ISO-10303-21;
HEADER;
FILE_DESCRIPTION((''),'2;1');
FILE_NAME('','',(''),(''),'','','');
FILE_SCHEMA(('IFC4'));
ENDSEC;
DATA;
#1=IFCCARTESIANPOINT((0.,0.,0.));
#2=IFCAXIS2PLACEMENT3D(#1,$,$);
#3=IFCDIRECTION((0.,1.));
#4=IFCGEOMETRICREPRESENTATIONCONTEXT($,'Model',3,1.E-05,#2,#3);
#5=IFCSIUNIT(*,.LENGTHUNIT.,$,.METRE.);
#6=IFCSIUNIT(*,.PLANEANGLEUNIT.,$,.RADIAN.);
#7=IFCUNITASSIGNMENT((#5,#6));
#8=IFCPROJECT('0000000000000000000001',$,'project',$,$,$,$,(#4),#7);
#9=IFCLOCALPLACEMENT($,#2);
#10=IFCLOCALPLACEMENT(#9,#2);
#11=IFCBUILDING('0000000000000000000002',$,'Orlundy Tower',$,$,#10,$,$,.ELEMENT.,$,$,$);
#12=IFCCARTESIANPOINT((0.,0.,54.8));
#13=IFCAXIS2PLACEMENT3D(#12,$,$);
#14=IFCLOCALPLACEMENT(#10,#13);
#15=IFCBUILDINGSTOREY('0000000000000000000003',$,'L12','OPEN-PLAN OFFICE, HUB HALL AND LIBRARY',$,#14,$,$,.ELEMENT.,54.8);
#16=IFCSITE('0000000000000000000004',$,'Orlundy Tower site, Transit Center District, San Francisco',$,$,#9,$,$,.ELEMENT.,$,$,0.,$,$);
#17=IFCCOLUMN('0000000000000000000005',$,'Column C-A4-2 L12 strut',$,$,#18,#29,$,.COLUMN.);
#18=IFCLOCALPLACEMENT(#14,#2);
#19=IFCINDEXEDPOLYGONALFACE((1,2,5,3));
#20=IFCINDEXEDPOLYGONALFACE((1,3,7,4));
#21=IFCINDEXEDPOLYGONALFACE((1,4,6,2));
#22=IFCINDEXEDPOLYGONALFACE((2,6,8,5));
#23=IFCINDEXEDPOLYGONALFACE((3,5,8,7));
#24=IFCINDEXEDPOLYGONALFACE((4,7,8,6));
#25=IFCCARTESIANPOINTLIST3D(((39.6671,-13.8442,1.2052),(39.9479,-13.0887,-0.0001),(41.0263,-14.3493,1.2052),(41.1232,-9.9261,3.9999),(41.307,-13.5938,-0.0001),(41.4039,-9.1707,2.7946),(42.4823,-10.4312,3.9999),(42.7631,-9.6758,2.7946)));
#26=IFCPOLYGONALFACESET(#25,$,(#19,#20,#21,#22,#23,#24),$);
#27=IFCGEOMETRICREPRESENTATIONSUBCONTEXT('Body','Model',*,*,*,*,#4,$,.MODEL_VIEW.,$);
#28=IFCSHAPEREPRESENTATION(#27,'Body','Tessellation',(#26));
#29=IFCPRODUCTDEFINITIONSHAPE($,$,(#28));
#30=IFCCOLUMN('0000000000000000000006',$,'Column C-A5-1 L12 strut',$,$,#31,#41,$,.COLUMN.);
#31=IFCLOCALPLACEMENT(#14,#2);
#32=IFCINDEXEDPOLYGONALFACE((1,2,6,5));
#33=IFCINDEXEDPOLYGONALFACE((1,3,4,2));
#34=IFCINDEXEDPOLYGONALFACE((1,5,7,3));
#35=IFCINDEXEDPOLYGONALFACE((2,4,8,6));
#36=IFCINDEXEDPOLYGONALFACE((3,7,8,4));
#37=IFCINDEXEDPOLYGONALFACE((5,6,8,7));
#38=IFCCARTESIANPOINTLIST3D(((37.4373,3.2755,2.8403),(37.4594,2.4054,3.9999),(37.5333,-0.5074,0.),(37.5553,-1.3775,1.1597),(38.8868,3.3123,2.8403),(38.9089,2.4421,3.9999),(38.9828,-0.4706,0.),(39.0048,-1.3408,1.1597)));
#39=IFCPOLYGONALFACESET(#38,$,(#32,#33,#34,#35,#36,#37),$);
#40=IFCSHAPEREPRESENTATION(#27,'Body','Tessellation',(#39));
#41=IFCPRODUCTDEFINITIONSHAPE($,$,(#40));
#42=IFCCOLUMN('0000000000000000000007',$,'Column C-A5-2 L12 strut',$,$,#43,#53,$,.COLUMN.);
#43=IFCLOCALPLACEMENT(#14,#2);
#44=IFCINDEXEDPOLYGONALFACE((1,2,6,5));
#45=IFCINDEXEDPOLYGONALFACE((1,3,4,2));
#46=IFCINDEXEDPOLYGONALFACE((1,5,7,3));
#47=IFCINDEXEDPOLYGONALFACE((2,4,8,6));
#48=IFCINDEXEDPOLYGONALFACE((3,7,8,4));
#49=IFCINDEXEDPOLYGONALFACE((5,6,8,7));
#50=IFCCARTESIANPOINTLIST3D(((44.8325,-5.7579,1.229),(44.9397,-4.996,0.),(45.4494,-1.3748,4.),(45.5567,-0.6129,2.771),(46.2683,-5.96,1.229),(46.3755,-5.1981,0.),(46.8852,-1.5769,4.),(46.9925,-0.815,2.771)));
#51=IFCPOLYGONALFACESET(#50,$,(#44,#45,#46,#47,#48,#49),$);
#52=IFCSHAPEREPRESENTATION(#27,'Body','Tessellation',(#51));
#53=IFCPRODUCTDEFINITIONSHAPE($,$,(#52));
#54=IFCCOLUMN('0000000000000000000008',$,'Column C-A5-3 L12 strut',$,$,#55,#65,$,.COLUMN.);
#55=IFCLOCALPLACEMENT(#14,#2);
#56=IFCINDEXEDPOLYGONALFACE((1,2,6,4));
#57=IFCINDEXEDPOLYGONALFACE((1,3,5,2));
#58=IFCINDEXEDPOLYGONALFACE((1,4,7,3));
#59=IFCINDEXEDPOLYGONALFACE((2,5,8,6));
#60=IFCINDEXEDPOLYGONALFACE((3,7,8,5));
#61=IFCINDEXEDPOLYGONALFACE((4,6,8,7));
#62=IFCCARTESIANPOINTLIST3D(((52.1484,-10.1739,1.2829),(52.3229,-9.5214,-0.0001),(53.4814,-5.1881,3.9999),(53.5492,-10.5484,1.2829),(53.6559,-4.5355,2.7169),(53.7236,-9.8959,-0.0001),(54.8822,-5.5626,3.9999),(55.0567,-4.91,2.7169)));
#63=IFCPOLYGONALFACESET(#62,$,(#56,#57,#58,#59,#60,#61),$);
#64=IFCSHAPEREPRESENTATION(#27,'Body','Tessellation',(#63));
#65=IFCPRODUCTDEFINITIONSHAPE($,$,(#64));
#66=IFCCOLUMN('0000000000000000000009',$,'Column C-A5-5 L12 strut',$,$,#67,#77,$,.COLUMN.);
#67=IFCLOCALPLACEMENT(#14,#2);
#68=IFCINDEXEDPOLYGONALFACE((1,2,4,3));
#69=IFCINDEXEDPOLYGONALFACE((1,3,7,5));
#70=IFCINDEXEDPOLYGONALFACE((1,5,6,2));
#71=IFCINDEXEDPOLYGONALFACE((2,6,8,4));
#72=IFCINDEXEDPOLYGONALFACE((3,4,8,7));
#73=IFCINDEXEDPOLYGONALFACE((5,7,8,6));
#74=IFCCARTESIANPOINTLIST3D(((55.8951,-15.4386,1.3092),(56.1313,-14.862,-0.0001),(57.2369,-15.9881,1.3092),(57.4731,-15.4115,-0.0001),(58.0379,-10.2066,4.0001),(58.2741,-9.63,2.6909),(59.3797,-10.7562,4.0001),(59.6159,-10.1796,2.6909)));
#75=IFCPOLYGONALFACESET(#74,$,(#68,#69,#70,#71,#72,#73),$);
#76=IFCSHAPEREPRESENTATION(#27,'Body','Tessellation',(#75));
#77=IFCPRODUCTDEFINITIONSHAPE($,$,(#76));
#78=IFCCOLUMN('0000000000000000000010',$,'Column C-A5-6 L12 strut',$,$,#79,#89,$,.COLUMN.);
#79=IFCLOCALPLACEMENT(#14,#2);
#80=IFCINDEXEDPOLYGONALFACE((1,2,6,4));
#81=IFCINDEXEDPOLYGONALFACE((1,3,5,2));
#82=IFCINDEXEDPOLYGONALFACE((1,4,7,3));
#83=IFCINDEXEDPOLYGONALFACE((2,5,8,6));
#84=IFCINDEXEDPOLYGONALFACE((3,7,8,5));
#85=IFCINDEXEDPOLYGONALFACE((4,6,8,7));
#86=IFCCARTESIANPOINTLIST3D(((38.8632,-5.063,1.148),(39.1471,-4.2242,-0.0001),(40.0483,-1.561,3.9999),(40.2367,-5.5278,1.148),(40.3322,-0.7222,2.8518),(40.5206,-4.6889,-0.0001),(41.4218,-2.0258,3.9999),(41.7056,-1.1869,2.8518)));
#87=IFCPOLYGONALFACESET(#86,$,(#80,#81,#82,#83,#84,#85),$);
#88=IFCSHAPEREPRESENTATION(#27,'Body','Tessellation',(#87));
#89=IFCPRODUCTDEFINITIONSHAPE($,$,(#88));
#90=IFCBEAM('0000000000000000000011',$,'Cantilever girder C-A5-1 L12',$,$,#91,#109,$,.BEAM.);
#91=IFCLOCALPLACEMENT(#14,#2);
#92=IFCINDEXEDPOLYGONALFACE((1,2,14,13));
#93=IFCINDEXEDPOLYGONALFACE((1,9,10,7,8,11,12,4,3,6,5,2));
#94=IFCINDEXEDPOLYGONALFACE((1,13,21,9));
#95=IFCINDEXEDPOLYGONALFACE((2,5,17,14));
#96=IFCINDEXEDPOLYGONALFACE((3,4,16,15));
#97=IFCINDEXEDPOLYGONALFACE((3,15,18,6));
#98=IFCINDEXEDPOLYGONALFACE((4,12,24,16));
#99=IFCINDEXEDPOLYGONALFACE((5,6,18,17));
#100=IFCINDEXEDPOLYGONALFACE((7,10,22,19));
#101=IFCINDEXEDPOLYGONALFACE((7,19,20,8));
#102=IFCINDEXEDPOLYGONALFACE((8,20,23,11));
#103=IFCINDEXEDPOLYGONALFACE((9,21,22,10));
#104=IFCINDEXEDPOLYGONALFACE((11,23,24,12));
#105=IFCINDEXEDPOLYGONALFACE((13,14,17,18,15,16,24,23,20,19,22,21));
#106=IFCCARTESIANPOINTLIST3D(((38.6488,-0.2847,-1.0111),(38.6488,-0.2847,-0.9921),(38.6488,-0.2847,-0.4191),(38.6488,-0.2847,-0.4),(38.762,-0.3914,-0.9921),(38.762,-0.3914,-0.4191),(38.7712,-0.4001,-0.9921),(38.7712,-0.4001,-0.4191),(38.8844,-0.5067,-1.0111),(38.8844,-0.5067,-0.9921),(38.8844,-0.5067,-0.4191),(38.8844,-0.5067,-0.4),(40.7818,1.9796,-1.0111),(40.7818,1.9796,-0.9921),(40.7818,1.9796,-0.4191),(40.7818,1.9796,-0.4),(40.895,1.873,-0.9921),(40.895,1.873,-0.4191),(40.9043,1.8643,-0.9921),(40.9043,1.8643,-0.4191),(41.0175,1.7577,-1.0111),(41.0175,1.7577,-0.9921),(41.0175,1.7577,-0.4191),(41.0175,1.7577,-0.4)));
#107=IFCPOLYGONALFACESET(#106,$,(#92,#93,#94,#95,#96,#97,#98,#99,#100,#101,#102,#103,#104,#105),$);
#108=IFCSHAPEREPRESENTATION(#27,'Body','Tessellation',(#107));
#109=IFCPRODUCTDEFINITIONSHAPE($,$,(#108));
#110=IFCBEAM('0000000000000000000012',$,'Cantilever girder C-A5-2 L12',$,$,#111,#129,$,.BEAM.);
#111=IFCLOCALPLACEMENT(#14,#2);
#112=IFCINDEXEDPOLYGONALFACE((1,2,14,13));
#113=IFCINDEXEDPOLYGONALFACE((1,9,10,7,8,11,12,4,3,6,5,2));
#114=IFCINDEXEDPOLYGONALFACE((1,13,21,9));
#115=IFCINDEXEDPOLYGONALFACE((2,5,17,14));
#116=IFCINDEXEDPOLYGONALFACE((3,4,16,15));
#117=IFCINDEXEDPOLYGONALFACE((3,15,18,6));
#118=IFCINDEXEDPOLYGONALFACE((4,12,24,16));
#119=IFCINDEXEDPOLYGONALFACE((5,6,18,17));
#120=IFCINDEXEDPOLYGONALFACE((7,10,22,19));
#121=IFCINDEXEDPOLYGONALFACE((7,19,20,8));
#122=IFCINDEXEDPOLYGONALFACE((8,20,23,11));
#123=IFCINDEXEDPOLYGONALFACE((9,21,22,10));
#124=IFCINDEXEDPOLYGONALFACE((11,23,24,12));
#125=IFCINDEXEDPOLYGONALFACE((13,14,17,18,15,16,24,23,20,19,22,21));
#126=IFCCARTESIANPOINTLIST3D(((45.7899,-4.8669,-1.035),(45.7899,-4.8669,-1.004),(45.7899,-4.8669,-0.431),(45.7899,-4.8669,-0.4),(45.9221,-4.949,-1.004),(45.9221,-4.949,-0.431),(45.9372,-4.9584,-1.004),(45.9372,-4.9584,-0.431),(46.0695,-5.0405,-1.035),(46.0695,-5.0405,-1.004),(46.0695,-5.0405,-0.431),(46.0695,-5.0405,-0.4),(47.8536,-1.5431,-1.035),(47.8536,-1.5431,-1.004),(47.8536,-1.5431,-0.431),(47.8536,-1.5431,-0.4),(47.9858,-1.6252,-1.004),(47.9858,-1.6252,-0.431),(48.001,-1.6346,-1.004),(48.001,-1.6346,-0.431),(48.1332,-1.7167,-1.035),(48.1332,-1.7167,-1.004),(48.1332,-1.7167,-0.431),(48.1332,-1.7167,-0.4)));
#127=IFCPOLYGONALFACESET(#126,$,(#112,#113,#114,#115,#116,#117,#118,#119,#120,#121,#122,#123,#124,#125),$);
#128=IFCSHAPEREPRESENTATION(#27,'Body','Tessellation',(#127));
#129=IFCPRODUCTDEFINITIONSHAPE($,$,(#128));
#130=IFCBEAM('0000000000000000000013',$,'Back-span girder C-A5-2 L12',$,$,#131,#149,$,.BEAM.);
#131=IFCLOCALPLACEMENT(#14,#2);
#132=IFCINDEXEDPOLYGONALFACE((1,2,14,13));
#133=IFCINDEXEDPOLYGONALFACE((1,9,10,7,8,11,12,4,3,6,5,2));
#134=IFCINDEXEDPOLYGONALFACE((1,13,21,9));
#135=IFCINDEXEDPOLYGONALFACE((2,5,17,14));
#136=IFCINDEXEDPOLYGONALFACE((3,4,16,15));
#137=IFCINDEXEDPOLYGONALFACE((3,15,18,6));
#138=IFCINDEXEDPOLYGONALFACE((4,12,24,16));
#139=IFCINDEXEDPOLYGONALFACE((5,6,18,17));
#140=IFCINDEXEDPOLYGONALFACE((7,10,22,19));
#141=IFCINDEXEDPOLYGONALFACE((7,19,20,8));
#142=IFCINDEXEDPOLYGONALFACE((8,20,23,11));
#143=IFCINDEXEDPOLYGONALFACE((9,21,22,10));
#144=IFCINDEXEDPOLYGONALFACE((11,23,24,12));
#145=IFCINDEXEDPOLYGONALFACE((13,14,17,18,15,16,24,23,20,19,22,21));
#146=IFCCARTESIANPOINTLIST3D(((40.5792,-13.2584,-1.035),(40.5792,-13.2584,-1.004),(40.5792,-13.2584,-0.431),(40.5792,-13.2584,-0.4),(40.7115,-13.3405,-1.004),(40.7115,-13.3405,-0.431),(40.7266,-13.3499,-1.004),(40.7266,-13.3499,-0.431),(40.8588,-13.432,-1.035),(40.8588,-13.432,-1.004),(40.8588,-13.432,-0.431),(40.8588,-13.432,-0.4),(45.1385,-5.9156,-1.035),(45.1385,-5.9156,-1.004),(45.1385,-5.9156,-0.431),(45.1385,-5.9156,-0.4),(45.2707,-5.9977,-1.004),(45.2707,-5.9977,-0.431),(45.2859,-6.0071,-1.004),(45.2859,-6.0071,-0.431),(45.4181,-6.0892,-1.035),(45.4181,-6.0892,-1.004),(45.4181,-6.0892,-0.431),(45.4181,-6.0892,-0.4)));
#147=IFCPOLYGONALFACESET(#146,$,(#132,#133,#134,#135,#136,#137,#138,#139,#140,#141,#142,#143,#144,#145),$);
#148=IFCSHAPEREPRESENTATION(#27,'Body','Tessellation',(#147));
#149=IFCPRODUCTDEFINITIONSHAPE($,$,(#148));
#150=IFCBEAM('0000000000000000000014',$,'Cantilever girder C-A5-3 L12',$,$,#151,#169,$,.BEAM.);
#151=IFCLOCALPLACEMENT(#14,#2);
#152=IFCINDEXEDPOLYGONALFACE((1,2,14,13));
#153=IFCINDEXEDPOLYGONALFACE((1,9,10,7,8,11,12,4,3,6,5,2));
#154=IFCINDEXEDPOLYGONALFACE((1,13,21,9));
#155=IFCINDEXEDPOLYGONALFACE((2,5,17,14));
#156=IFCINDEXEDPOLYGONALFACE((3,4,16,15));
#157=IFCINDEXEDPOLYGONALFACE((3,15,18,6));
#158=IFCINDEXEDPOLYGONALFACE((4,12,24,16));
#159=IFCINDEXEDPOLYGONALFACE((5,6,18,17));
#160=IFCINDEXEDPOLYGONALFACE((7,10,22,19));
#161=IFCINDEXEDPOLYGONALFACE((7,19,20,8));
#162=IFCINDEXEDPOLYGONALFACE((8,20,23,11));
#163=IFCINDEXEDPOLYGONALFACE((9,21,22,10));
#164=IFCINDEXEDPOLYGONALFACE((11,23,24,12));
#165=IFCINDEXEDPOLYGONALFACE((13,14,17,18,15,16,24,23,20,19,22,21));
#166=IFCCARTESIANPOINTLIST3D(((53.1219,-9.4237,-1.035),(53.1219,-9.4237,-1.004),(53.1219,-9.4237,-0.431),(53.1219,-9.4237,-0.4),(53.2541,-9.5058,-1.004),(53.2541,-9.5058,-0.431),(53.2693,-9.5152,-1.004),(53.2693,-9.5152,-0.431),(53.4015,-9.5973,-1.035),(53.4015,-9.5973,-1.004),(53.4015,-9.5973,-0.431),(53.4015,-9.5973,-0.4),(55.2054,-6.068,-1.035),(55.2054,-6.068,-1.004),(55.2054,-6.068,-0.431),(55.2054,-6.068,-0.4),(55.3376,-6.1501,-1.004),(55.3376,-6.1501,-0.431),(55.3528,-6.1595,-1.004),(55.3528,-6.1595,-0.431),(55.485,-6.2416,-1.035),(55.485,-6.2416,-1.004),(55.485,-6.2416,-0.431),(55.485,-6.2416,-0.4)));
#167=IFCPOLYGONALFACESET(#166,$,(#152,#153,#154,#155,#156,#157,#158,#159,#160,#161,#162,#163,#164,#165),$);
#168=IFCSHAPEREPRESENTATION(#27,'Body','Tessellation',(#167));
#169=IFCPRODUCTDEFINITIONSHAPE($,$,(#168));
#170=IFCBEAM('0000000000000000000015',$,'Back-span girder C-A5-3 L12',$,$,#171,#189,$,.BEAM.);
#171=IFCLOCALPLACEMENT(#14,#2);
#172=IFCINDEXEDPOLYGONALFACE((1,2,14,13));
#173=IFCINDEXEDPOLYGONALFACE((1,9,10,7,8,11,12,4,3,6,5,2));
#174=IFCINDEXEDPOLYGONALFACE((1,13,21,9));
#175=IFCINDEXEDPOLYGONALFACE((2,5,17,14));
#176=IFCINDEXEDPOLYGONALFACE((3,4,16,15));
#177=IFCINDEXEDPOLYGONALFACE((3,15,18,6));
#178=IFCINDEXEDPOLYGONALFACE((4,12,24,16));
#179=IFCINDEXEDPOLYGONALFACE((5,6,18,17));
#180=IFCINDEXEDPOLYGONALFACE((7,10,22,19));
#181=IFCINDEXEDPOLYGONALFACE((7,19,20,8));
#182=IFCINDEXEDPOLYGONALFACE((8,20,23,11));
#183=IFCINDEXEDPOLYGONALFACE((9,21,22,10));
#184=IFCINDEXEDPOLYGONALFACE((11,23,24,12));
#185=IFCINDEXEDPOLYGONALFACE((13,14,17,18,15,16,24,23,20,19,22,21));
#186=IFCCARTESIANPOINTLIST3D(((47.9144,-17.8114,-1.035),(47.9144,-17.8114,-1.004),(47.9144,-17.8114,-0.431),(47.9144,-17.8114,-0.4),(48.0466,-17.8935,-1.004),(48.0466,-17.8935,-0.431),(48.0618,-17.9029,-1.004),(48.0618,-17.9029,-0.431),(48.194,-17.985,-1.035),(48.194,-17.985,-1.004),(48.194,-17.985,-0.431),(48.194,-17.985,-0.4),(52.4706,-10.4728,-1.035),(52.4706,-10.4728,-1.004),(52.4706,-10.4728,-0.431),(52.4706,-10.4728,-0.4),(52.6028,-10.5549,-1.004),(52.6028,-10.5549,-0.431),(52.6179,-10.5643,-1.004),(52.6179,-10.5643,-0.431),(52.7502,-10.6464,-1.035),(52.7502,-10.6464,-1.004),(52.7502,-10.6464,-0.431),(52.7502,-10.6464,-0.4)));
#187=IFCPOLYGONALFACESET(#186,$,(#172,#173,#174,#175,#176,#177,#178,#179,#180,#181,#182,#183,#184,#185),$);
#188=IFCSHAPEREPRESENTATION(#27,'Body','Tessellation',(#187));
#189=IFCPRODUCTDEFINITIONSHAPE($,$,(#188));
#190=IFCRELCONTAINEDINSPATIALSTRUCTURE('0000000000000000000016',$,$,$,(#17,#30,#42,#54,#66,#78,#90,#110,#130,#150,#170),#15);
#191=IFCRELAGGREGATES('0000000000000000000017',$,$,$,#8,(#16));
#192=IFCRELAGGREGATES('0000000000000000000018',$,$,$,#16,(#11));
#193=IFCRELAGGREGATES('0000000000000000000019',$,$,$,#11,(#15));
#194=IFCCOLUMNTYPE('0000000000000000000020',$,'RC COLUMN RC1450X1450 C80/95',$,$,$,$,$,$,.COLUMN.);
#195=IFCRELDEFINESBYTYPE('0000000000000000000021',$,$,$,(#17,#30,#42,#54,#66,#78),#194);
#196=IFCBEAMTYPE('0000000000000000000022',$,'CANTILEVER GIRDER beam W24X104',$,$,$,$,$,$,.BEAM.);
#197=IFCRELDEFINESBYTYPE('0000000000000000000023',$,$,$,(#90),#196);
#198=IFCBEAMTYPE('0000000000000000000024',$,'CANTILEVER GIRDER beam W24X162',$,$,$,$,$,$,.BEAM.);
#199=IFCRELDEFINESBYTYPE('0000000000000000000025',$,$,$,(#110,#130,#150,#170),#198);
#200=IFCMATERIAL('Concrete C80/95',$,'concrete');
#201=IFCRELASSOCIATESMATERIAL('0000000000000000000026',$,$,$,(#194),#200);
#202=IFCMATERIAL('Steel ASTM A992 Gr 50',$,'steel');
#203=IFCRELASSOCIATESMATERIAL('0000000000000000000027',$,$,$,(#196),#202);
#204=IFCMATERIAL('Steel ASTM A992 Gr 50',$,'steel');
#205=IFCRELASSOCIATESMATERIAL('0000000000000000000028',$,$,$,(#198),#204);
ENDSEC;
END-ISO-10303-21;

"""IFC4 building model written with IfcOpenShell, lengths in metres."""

from ifc_helpers import new_model, si_unit, direction, frame, origin, origin_2d, place, context, subcontext, project, spatial, rectangle, i_section, extrude, material, material_profile, profile_set, type_object, element, save


model = new_model("IFC4")

# Units and contexts
model_context = context("Model", 3, precision=1e-05, world=origin(), true_north=direction((0.0, 1.0)))
body_context = subcontext(model_context, "Body", "Model", "MODEL_VIEW")
ifc_project = project(units=[si_unit("LENGTHUNIT", "METRE"), si_unit("PLANEANGLEUNIT", "RADIAN")], contexts=[model_context])

# Site, building, storey
site_placement = place(None, origin())
site = spatial("IfcSite", under=ifc_project, at=site_placement, Name="Orlundy Tower site, Transit Center District, San Francisco", CompositionType="ELEMENT", RefElevation=0.0)
building_placement = place(site_placement, origin())
building = spatial("IfcBuilding", under=site, at=building_placement, Name="Orlundy Tower", CompositionType="ELEMENT")
storey_placement = place(building_placement, frame((0.0, 0.0, 54.8)))
storey = spatial("IfcBuildingStorey", under=building, at=storey_placement, Name="L12", Description="OPEN-PLAN OFFICE, HUB HALL AND LIBRARY", CompositionType="ELEMENT", Elevation=54.8)

# Columns
ifc_material_1 = material(Name="Concrete C80/95", Category="concrete")
ifc_material_profile_1 = material_profile(ifc_material_1, rectangle(XDim=1.45, YDim=1.45, at=origin_2d()), Name="RC1450X1450")
ifc_profile_set_1 = profile_set([ifc_material_profile_1], Name="Concrete C80/95")
column_type = type_object("IfcColumnType", Name="RC COLUMN RC1450X1450 C80/95", PredefinedType="COLUMN", material=ifc_profile_set_1)
column_1_placement = place(storey_placement, frame((40.4871, -13.719, 0.6025), z_axis=(0.289589, 0.77923, 0.555823), x_axis=(-0.937362, 0.348357, 0.0)))
element("IfcColumn", 1, at=column_1_placement, inside=storey, type_object=column_type, Name="Column C-A4-2 L12 strut", PredefinedType="COLUMN", context=body_context, shape_type="SweptSolid", body=[
    extrude(rectangle(XDim=1.45, YDim=1.45, at=origin_2d()), origin(), (0.0, 0.0, 1.0), 5.0281),
])
column_2_placement = place(storey_placement, frame((38.269, -0.9241, 0.5798), z_axis=(-0.020278, 0.79952, 0.600298), x_axis=(-0.999679, -0.025355, 0.0)))
element("IfcColumn", 2, at=column_2_placement, inside=storey, type_object=column_type, Name="Column C-A5-1 L12 strut", PredefinedType="COLUMN", context=body_context, shape_type="SweptSolid", body=[
    extrude(rectangle(XDim=1.45, YDim=1.45, at=origin_2d()), origin(), (0.0, 0.0, 1.0), 4.7314),
])
column_3_placement = place(storey_placement, frame((45.604, -5.478, 0.6145), z_axis=(0.118141, 0.83933, 0.53063), x_axis=(-0.990239, 0.139382, 0.0)))
element("IfcColumn", 3, at=column_3_placement, inside=storey, type_object=column_type, Name="Column C-A5-2 L12 strut", PredefinedType="COLUMN", context=body_context, shape_type="SweptSolid", body=[
    extrude(rectangle(XDim=1.45, YDim=1.45, at=origin_2d()), origin(), (0.0, 0.0, 1.0), 5.2222),
])
column_4_placement = place(storey_placement, frame((52.936, -10.0349, 0.6414), z_axis=(0.228549, 0.85484, 0.465847), x_axis=(-0.966068, 0.258287, 0.0)))
element("IfcColumn", 4, at=column_4_placement, inside=storey, type_object=column_type, Name="Column C-A5-3 L12 strut", PredefinedType="COLUMN", context=body_context, shape_type="SweptSolid", body=[
    extrude(rectangle(XDim=1.45, YDim=1.45, at=origin_2d()), origin(), (0.0, 0.0, 1.0), 5.8325),
])
column_5_placement = place(storey_placement, frame((56.6841, -15.425, 0.6545), z_axis=(0.342224, 0.835578, 0.429759), x_axis=(-0.925393, 0.379009, 0.0)))
element("IfcColumn", 5, at=column_5_placement, inside=storey, type_object=column_type, Name="Column C-A5-5 L12 strut", PredefinedType="COLUMN", context=body_context, shape_type="SweptSolid", body=[
    extrude(rectangle(XDim=1.45, YDim=1.45, at=origin_2d()), origin(), (0.0, 0.0, 1.0), 6.2615),
])
column_6_placement = place(storey_placement, frame((39.6919, -4.876, 0.574), z_axis=(0.253807, 0.750021, 0.610778), x_axis=(-0.947234, 0.320543, 0.0)))
element("IfcColumn", 6, at=column_6_placement, inside=storey, type_object=column_type, Name="Column C-A5-6 L12 strut", PredefinedType="COLUMN", context=body_context, shape_type="SweptSolid", body=[
    extrude(rectangle(XDim=1.45, YDim=1.45, at=origin_2d()), origin(), (0.0, 0.0, 1.0), 4.6692),
])

# Beams
ifc_material_2 = material(Name="Steel ASTM A992 Gr 50", Category="steel")
ifc_material_profile_2 = material_profile(ifc_material_2, i_section(OverallWidth=0.3237, OverallDepth=0.6111, WebThickness=0.0127, FlangeThickness=0.019, at=origin_2d()), Name="W24X104")
ifc_profile_set_2 = profile_set([ifc_material_profile_2], Name="Steel ASTM A992 Gr 50")
beam_type_1 = type_object("IfcBeamType", Name="CANTILEVER GIRDER beam W24X104", PredefinedType="BEAM", material=ifc_profile_set_2)
beam_1_placement = place(storey_placement, frame((40.8997, 1.8687, -0.7056), z_axis=(-0.68568, -0.727903, 0.0), x_axis=(0.727903, -0.68568, 0.0)))
element("IfcBeam", 7, at=beam_1_placement, inside=storey, type_object=beam_type_1, Name="Cantilever girder C-A5-1 L12", PredefinedType="BEAM", context=body_context, shape_type="SweptSolid", body=[
    extrude(i_section(OverallWidth=0.3237, OverallDepth=0.6111, WebThickness=0.0127, FlangeThickness=0.019, at=origin_2d()), origin(), (0.0, 0.0, 1.0), 3.1108),
])
ifc_material_3 = material(Name="Steel ASTM A992 Gr 50", Category="steel")
ifc_material_profile_3 = material_profile(ifc_material_3, i_section(OverallWidth=0.3291, OverallDepth=0.635, WebThickness=0.0178, FlangeThickness=0.031, at=origin_2d()), Name="W24X162")
ifc_profile_set_3 = profile_set([ifc_material_profile_3], Name="Steel ASTM A992 Gr 50")
beam_type_2 = type_object("IfcBeamType", Name="CANTILEVER GIRDER beam W24X162", PredefinedType="BEAM", material=ifc_profile_set_3)
beam_2_placement = place(storey_placement, frame((47.9934, -1.6299, -0.7175), z_axis=(-0.527495, -0.849558, 0.0), x_axis=(0.849558, -0.527495, 0.0)))
element("IfcBeam", 8, at=beam_2_placement, inside=storey, type_object=beam_type_2, Name="Cantilever girder C-A5-2 L12", PredefinedType="BEAM", context=body_context, shape_type="SweptSolid", body=[
    extrude(i_section(OverallWidth=0.3291, OverallDepth=0.635, WebThickness=0.0178, FlangeThickness=0.031, at=origin_2d()), origin(), (0.0, 0.0, 1.0), 3.9124),
])
beam_3_placement = place(storey_placement, frame((45.2783, -6.0024, -0.7175), z_axis=(-0.527508, -0.84955, 0.0), x_axis=(0.84955, -0.527508, 0.0)))
element("IfcBeam", 9, at=beam_3_placement, inside=storey, type_object=beam_type_2, Name="Back-span girder C-A5-2 L12", PredefinedType="BEAM", context=body_context, shape_type="SweptSolid", body=[
    extrude(i_section(OverallWidth=0.3291, OverallDepth=0.635, WebThickness=0.0178, FlangeThickness=0.031, at=origin_2d()), origin(), (0.0, 0.0, 1.0), 8.6431),
])
beam_4_placement = place(storey_placement, frame((55.3452, -6.1548, -0.7175), z_axis=(-0.52748, -0.849568, 0.0), x_axis=(0.849568, -0.52748, 0.0)))
element("IfcBeam", 10, at=beam_4_placement, inside=storey, type_object=beam_type_2, Name="Cantilever girder C-A5-3 L12", PredefinedType="BEAM", context=body_context, shape_type="SweptSolid", body=[
    extrude(i_section(OverallWidth=0.3291, OverallDepth=0.635, WebThickness=0.0178, FlangeThickness=0.031, at=origin_2d()), origin(), (0.0, 0.0, 1.0), 3.95),
])
beam_5_placement = place(storey_placement, frame((52.6104, -10.5596, -0.7175), z_axis=(-0.527459, -0.849581, 0.0), x_axis=(0.849581, -0.527459, 0.0)))
element("IfcBeam", 11, at=beam_5_placement, inside=storey, type_object=beam_type_2, Name="Back-span girder C-A5-3 L12", PredefinedType="BEAM", context=body_context, shape_type="SweptSolid", body=[
    extrude(i_section(OverallWidth=0.3291, OverallDepth=0.635, WebThickness=0.0178, FlangeThickness=0.031, at=origin_2d()), origin(), (0.0, 0.0, 1.0), 8.6379),
])

save(model, "model.ifc")
